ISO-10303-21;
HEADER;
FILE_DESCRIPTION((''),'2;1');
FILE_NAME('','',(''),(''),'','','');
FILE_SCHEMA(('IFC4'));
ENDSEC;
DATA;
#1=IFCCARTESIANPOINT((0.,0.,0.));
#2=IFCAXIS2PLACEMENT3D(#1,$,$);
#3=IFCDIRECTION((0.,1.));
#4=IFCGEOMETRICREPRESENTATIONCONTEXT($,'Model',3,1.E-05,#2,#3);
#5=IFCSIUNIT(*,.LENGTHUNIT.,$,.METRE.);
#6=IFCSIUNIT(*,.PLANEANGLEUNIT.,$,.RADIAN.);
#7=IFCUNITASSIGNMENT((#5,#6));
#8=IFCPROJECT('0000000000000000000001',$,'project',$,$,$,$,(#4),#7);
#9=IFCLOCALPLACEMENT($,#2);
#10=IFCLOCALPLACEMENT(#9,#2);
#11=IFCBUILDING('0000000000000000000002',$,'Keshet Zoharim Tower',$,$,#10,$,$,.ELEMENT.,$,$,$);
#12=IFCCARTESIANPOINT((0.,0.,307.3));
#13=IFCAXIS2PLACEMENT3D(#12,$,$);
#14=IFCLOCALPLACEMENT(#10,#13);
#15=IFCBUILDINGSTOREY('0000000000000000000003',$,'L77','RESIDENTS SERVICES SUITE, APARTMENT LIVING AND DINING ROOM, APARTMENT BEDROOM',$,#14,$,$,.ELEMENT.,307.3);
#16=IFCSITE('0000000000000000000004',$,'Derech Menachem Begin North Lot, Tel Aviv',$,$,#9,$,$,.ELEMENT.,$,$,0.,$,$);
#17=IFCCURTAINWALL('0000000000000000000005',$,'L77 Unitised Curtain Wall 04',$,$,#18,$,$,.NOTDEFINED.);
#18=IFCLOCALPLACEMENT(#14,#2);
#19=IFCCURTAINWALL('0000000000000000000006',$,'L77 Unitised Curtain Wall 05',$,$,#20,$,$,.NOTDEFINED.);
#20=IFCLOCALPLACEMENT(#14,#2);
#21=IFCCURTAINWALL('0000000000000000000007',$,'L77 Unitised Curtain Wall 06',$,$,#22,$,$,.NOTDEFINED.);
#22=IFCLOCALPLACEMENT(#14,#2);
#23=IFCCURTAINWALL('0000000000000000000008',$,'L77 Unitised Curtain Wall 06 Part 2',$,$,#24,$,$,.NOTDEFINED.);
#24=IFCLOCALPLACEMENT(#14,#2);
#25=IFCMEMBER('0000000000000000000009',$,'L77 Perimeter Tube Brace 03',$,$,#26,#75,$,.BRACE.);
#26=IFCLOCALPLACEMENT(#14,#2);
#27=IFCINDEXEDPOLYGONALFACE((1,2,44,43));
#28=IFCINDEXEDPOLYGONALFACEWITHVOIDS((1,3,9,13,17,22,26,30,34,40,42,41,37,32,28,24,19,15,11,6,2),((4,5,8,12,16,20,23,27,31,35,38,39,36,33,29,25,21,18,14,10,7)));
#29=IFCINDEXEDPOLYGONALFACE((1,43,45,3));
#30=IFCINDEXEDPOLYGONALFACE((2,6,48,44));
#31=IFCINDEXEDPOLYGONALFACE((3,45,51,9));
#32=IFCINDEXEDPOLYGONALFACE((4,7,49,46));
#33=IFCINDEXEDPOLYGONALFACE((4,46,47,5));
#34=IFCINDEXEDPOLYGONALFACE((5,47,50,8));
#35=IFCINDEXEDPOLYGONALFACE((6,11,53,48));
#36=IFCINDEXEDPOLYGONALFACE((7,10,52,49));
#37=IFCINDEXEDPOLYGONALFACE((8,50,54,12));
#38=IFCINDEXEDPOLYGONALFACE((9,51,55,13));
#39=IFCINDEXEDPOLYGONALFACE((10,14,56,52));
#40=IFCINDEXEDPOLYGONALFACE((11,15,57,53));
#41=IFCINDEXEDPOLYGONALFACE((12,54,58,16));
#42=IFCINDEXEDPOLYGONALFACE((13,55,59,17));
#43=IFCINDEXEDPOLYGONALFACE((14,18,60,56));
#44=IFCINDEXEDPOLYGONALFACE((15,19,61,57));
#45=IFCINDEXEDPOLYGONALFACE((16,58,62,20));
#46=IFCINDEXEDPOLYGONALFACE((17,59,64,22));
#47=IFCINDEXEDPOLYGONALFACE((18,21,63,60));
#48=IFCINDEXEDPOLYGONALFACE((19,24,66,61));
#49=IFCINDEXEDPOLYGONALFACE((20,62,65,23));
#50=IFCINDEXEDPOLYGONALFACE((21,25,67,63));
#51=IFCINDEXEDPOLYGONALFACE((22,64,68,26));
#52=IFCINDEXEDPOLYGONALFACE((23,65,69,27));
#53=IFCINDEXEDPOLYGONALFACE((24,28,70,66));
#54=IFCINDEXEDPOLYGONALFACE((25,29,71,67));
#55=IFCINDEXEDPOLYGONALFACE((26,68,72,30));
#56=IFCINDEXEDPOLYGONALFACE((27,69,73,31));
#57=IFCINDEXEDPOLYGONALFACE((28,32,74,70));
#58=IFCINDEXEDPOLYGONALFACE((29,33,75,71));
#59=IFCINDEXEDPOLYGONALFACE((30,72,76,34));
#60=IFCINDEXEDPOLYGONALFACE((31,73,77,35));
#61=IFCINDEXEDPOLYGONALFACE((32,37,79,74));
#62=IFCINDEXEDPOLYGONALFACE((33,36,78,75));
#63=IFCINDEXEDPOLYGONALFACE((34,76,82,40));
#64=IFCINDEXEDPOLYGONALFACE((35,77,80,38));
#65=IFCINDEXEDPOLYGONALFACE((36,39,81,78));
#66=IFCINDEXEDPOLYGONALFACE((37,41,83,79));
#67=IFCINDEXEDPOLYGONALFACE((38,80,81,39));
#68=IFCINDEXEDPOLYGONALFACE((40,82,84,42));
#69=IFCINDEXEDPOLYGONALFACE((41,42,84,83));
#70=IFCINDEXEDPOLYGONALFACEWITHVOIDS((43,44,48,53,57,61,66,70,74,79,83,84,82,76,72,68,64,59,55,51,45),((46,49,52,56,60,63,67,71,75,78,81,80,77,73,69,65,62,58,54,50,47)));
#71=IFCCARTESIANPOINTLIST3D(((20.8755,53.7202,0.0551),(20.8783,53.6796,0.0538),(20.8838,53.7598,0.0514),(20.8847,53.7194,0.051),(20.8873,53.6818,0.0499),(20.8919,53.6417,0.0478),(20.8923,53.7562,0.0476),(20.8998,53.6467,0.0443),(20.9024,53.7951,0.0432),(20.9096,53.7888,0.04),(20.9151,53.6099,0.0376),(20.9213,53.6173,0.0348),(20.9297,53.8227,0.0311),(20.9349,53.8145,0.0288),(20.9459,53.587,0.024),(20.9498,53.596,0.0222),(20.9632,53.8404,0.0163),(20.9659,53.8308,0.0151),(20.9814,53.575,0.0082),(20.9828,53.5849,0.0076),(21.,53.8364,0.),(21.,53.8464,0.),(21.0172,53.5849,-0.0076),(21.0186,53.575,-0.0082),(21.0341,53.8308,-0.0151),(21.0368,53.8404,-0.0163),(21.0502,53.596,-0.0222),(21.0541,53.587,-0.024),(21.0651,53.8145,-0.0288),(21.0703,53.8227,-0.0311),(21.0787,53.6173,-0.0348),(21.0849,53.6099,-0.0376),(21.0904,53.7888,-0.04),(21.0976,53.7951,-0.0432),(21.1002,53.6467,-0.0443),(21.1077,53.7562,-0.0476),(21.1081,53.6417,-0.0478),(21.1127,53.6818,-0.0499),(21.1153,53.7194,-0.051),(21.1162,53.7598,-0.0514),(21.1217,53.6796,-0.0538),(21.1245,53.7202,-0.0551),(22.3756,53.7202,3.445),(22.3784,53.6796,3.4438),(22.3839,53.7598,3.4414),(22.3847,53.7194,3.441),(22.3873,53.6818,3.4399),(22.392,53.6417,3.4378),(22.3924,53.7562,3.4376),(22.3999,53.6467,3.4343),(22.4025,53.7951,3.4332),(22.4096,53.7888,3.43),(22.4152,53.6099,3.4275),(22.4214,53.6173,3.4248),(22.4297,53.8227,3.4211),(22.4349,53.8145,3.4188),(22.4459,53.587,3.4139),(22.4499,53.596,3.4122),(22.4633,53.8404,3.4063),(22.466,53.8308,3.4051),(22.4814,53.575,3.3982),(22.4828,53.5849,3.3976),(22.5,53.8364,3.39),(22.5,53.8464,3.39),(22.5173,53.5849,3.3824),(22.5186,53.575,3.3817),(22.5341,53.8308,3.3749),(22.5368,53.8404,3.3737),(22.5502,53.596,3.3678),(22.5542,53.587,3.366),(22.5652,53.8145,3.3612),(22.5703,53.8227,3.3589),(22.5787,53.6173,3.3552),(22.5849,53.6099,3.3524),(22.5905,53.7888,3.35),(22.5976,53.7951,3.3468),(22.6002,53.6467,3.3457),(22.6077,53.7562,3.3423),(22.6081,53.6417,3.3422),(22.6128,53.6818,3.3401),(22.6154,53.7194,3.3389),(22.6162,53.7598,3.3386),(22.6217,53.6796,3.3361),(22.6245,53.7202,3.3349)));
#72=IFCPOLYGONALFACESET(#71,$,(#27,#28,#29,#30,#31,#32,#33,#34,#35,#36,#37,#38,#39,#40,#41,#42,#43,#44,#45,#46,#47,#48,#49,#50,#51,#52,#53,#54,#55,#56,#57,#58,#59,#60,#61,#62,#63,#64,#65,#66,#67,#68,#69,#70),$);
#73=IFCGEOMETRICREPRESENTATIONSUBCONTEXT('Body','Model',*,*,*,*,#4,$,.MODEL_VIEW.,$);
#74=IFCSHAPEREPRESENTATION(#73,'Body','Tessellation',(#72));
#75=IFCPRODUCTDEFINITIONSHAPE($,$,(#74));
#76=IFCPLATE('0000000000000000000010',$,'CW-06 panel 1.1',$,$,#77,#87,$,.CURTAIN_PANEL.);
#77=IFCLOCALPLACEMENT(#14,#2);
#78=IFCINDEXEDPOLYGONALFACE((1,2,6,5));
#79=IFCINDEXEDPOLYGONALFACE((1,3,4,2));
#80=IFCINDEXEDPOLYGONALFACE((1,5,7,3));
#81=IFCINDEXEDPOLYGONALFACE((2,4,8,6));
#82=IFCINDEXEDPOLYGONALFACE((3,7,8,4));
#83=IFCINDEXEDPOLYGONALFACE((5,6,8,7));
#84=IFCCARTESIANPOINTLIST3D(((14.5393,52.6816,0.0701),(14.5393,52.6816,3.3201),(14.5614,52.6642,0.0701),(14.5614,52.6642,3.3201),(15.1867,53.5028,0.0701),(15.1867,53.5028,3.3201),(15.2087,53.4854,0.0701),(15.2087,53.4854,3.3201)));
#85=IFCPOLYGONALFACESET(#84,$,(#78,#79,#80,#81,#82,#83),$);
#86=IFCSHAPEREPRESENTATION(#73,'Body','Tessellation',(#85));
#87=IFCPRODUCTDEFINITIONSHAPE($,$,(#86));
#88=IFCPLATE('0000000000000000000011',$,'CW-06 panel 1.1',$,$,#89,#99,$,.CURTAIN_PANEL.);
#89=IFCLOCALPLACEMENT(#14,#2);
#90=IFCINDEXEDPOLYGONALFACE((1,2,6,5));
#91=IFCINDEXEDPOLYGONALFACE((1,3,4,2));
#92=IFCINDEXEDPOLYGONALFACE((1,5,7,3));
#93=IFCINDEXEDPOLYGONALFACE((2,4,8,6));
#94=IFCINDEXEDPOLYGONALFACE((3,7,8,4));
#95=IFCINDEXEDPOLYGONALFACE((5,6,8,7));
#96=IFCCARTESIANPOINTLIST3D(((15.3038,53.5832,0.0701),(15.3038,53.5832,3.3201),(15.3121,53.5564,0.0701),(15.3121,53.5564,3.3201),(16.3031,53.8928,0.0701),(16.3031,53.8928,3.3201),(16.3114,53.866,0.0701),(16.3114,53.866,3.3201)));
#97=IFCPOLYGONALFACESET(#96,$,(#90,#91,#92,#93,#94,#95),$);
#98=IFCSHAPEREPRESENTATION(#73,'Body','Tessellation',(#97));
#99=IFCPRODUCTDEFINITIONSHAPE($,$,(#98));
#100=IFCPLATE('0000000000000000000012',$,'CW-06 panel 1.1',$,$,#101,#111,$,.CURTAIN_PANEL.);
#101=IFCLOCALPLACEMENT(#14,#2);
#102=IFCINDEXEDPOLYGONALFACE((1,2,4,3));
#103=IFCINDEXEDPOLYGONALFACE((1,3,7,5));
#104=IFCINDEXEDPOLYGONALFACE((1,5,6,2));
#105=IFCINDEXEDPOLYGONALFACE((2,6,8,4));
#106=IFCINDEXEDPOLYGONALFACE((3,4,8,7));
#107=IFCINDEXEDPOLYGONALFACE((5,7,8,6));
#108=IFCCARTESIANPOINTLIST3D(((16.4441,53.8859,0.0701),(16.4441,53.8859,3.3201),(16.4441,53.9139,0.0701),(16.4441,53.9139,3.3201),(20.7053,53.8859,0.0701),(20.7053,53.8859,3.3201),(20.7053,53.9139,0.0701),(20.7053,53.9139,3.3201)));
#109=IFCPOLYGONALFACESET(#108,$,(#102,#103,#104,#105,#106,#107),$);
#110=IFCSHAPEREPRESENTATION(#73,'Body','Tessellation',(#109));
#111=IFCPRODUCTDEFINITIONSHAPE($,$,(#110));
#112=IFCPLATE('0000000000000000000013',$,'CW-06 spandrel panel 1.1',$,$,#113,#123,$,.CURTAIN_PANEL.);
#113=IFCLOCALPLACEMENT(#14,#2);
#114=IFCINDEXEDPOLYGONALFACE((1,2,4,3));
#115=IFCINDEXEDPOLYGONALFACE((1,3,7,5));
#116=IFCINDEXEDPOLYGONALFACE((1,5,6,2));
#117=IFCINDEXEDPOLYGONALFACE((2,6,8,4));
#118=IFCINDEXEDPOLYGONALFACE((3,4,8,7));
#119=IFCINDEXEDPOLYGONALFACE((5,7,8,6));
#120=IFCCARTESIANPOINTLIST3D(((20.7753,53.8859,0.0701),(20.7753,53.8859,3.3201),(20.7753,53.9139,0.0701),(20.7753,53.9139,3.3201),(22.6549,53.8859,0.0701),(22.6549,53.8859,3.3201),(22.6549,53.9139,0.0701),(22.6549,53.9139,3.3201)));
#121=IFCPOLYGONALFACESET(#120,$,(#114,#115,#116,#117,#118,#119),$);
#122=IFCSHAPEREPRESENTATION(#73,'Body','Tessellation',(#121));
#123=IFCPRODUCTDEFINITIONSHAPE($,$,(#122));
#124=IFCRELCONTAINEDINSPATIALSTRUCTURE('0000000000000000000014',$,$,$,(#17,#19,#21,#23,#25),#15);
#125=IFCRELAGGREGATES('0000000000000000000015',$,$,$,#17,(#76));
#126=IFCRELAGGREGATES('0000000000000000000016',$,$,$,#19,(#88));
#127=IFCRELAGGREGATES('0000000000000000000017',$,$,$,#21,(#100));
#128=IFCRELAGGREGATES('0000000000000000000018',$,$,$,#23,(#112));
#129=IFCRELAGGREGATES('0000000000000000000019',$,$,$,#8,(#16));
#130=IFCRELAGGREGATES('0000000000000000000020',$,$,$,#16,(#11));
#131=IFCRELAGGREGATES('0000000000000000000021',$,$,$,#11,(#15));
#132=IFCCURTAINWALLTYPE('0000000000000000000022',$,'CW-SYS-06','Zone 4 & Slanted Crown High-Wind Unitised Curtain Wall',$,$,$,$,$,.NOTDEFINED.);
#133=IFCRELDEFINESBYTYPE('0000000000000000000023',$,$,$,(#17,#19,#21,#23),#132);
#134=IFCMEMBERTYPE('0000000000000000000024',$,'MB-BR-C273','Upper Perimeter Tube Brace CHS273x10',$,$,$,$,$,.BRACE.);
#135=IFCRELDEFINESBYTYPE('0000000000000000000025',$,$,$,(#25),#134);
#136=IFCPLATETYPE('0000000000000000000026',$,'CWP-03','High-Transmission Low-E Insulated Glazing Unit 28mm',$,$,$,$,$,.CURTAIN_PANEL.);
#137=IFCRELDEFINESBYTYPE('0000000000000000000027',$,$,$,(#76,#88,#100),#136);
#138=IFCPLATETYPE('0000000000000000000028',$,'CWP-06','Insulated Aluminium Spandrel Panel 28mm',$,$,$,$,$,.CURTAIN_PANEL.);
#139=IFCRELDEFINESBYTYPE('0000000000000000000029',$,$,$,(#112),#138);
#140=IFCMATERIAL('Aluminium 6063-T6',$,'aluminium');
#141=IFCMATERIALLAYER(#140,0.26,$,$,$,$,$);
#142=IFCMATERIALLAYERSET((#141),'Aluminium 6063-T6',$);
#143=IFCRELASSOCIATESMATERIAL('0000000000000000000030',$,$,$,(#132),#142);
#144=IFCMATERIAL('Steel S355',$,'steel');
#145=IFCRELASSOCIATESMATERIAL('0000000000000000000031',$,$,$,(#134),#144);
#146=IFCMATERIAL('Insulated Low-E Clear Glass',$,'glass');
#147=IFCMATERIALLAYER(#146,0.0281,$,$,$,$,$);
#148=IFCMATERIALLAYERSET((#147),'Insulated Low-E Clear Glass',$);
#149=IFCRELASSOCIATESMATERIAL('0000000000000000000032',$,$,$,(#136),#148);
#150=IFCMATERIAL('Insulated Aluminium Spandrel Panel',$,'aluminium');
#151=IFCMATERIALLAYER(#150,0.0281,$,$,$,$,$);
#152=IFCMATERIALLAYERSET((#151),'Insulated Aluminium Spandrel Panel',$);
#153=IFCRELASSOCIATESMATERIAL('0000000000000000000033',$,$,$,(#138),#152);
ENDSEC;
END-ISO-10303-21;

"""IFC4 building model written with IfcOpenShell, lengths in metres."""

from ifc_helpers import new_model, si_unit, direction, frame, origin, origin_2d, place, context, subcontext, project, spatial, rectangle, hollow_circle, extrude, material, layer, layer_set, material_profile, profile_set, type_object, element, aggregate, save


model = new_model("IFC4")

# Units and contexts
model_context = context("Model", 3, precision=1e-05, world=origin(), true_north=direction((0.0, 1.0)))
body_context = subcontext(model_context, "Body", "Model", "MODEL_VIEW")
ifc_project = project(units=[si_unit("LENGTHUNIT", "METRE"), si_unit("PLANEANGLEUNIT", "RADIAN")], contexts=[model_context])

# Site, building, storey
site_placement = place(None, origin())
site = spatial("IfcSite", under=ifc_project, at=site_placement, Name="Derech Menachem Begin North Lot, Tel Aviv", CompositionType="ELEMENT", RefElevation=0.0)
building_placement = place(site_placement, origin())
building = spatial("IfcBuilding", under=site, at=building_placement, Name="Keshet Zoharim Tower", CompositionType="ELEMENT")
storey_placement = place(building_placement, frame((0.0, 0.0, 307.3)))
storey = spatial("IfcBuildingStorey", under=building, at=storey_placement, Name="L77", Description="RESIDENTS SERVICES SUITE, APARTMENT LIVING AND DINING ROOM, APARTMENT BEDROOM", CompositionType="ELEMENT", Elevation=307.3)

# Shared definitions
ifc_material_1 = material(Name="Steel S355", Category="steel")

# Curtain wall
ifc_material_2 = material(Name="Aluminium 6063-T6", Category="aluminium")
ifc_layer_1 = layer(ifc_material_2, 0.26)
ifc_layer_set_1 = layer_set([ifc_layer_1], Name="Aluminium 6063-T6")
curtain_wall_type = type_object("IfcCurtainWallType", Name="CW-SYS-06", Description="Zone 4 & Slanted Crown High-Wind Unitised Curtain Wall", PredefinedType="NOTDEFINED", material=ifc_layer_set_1)
curtain_wall_1_placement = place(storey_placement, origin())
curtain_wall_1 = element("IfcCurtainWall", 1, at=curtain_wall_1_placement, inside=storey, type_object=curtain_wall_type, Name="L77 Unitised Curtain Wall 04", PredefinedType="NOTDEFINED")

# Curtain walls
curtain_wall_2_placement = place(storey_placement, origin())
curtain_wall_2 = element("IfcCurtainWall", 2, at=curtain_wall_2_placement, inside=storey, type_object=curtain_wall_type, Name="L77 Unitised Curtain Wall 05", PredefinedType="NOTDEFINED")
curtain_wall_3_placement = place(storey_placement, origin())
curtain_wall_3 = element("IfcCurtainWall", 3, at=curtain_wall_3_placement, inside=storey, type_object=curtain_wall_type, Name="L77 Unitised Curtain Wall 06", PredefinedType="NOTDEFINED")

# Curtain wall
curtain_wall_4_placement = place(storey_placement, origin())
curtain_wall_4 = element("IfcCurtainWall", 4, at=curtain_wall_4_placement, inside=storey, type_object=curtain_wall_type, Name="L77 Unitised Curtain Wall 06 Part 2", PredefinedType="NOTDEFINED")

# Member
ifc_material_profile_1 = material_profile(ifc_material_1, hollow_circle(Radius=0.1365, WallThickness=0.01, at=origin_2d()), Name="CHS273x10")
ifc_profile_set_1 = profile_set([ifc_material_profile_1], Name="Steel S355")
member_type_1 = type_object("IfcMemberType", Name="MB-BR-C273", Description="Upper Perimeter Tube Brace CHS273x10", PredefinedType="BRACE", material=ifc_profile_set_1)
member_1_placement = place(storey_placement, frame((21.0, 53.71, 0.0), z_axis=(0.404647, 0.0, 0.914473), x_axis=(0.0, 1.0, 0.0)))
element("IfcMember", 5, at=member_1_placement, inside=storey, type_object=member_type_1, Name="L77 Perimeter Tube Brace 03", PredefinedType="BRACE", context=body_context, shape_type="SweptSolid", body=[
    extrude(hollow_circle(Radius=0.1365, WallThickness=0.01, at=origin_2d()), origin(), (0.0, 0.0, 1.0), 3.707),
])

# Plates
ifc_material_3 = material(Name="Insulated Low-E Clear Glass", Category="glass")
ifc_layer_2 = layer(ifc_material_3, 0.0281)
ifc_layer_set_2 = layer_set([ifc_layer_2], Name="Insulated Low-E Clear Glass")
plate_type_1 = type_object("IfcPlateType", Name="CWP-03", Description="High-Transmission Low-E Insulated Glazing Unit 28mm", PredefinedType="CURTAIN_PANEL", material=ifc_layer_set_2)
plate_1_placement = place(storey_placement, frame((14.874, 53.0835, 0.0701), z_axis=(0.0, 0.0, 1.0), x_axis=(0.619125, 0.785293, 0.0)))
plate_1 = element("IfcPlate", 6, at=plate_1_placement, type_object=plate_type_1, Name="CW-06 panel 1.1", PredefinedType="CURTAIN_PANEL", context=body_context, shape_type="SweptSolid", body=[
    extrude(rectangle(XDim=1.0457, YDim=0.0281, at=origin_2d()), origin(), (0.0, 0.0, 1.0), 3.25),
])
aggregate(curtain_wall_1, [plate_1])
plate_2_placement = place(storey_placement, frame((15.8076, 53.7246, 0.0701), z_axis=(0.0, 0.0, 1.0), x_axis=(0.955212, 0.295922, 0.0)))
plate_2 = element("IfcPlate", 7, at=plate_2_placement, type_object=plate_type_1, Name="CW-06 panel 1.1", PredefinedType="CURTAIN_PANEL", context=body_context, shape_type="SweptSolid", body=[
    extrude(rectangle(XDim=1.0461, YDim=0.0281, at=origin_2d()), origin(), (0.0, 0.0, 1.0), 3.25),
])
aggregate(curtain_wall_2, [plate_2])
plate_3_placement = place(storey_placement, frame((18.5747, 53.8999, 0.0701), z_axis=(0.0, 0.0, 1.0), x_axis=(1.0, 0.0, 0.0)))
plate_3 = element("IfcPlate", 8, at=plate_3_placement, type_object=plate_type_1, Name="CW-06 panel 1.1", PredefinedType="CURTAIN_PANEL", context=body_context, shape_type="SweptSolid", body=[
    extrude(rectangle(XDim=4.2612, YDim=0.0281, at=origin_2d()), origin(), (0.0, 0.0, 1.0), 3.25),
])
aggregate(curtain_wall_3, [plate_3])
ifc_material_4 = material(Name="Insulated Aluminium Spandrel Panel", Category="aluminium")
ifc_layer_3 = layer(ifc_material_4, 0.0281)
ifc_layer_set_3 = layer_set([ifc_layer_3], Name="Insulated Aluminium Spandrel Panel")
plate_type_2 = type_object("IfcPlateType", Name="CWP-06", Description="Insulated Aluminium Spandrel Panel 28mm", PredefinedType="CURTAIN_PANEL", material=ifc_layer_set_3)
plate_4_placement = place(storey_placement, frame((21.7151, 53.8999, 0.0701), z_axis=(0.0, 0.0, 1.0), x_axis=(1.0, 0.0, 0.0)))
plate_4 = element("IfcPlate", 9, at=plate_4_placement, type_object=plate_type_2, Name="CW-06 spandrel panel 1.1", PredefinedType="CURTAIN_PANEL", context=body_context, shape_type="SweptSolid", body=[
    extrude(rectangle(XDim=1.8796, YDim=0.0281, at=origin_2d()), origin(), (0.0, 0.0, 1.0), 3.25),
])
aggregate(curtain_wall_4, [plate_4])

save(model, "model.ifc")
